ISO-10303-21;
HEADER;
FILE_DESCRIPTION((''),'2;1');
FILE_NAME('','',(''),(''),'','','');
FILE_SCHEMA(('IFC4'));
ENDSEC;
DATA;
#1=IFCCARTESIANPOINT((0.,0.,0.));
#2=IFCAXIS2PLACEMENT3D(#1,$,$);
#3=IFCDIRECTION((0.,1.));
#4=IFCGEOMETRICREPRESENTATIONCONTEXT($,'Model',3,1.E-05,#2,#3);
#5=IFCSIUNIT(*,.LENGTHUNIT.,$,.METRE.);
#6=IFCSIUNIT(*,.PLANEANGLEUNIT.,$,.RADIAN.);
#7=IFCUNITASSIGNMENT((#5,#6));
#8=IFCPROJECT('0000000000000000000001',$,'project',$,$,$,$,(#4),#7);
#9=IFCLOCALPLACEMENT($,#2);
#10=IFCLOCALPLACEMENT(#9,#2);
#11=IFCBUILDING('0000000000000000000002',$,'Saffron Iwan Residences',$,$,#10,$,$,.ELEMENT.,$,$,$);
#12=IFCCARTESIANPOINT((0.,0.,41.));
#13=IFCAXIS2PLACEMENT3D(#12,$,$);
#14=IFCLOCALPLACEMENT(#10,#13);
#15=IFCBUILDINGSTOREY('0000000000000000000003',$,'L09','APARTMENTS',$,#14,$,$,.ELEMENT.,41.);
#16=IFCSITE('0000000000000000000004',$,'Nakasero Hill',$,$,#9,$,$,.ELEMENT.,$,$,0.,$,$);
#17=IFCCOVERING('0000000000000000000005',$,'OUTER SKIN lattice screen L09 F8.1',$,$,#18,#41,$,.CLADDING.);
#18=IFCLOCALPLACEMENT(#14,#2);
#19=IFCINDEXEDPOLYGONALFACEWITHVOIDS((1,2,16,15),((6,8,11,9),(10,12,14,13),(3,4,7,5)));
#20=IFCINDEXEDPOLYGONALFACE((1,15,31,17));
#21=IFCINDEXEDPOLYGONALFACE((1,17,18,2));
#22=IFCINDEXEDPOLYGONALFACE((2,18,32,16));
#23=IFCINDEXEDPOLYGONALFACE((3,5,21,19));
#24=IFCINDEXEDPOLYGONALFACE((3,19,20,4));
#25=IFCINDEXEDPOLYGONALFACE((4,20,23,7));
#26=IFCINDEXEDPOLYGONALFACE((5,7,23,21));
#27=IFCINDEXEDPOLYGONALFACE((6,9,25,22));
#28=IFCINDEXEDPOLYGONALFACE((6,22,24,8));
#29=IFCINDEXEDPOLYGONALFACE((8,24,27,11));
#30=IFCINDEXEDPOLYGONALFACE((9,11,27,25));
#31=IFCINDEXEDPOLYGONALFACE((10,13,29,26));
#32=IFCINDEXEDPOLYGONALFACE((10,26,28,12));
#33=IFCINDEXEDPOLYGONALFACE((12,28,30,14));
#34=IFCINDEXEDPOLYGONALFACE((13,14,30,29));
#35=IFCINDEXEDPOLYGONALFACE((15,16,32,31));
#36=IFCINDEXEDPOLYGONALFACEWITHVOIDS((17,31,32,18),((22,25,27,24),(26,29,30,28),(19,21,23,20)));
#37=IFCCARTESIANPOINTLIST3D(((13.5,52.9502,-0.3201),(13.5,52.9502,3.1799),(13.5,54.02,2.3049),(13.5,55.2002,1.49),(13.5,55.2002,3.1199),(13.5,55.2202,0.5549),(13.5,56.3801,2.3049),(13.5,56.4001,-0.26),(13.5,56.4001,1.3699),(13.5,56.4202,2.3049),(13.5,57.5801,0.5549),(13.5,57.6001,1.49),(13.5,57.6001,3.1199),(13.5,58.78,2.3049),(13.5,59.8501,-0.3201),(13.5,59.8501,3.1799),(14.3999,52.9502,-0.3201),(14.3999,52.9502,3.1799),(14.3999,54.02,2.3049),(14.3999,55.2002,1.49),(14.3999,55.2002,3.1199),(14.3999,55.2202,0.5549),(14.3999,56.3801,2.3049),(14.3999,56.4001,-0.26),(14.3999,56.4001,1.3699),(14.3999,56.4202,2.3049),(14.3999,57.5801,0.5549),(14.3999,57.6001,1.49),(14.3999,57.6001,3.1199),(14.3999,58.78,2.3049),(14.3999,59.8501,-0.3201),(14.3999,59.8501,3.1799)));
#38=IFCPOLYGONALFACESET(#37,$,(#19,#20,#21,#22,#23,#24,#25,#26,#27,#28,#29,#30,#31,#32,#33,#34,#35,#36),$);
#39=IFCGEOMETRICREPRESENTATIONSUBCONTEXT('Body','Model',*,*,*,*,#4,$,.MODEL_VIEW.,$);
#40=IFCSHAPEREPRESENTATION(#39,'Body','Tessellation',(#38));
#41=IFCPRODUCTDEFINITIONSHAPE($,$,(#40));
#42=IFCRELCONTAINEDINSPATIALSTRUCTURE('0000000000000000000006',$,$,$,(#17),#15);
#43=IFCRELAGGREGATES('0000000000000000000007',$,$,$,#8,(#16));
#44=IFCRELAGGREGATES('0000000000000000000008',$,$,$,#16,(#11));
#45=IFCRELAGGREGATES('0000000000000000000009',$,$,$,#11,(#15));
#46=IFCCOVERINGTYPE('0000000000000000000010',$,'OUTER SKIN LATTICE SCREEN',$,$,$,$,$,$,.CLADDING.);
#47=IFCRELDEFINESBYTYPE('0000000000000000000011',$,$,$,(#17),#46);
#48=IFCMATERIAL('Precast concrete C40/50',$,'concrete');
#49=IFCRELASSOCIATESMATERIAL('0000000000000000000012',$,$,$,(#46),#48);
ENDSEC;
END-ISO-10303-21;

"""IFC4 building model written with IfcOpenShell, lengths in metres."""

from ifc_helpers import new_model, si_unit, direction, frame, origin, place, context, subcontext, project, spatial, polyline, outline, extrude, material, type_object, element, save


model = new_model("IFC4")

# Units and contexts
model_context = context("Model", 3, precision=1e-05, world=origin(), true_north=direction((0.0, 1.0)))
body_context = subcontext(model_context, "Body", "Model", "MODEL_VIEW")
ifc_project = project(units=[si_unit("LENGTHUNIT", "METRE"), si_unit("PLANEANGLEUNIT", "RADIAN")], contexts=[model_context])

# Site, building, storey
site_placement = place(None, origin())
site = spatial("IfcSite", under=ifc_project, at=site_placement, Name="Nakasero Hill", CompositionType="ELEMENT", RefElevation=0.0)
building_placement = place(site_placement, origin())
building = spatial("IfcBuilding", under=site, at=building_placement, Name="Saffron Iwan Residences", CompositionType="ELEMENT")
storey_placement = place(building_placement, frame((0.0, 0.0, 41.0)))
storey = spatial("IfcBuildingStorey", under=building, at=storey_placement, Name="L09", Description="APARTMENTS", CompositionType="ELEMENT", Elevation=41.0)

# Covering
ifc_material_1 = material(Name="Precast concrete C40/50", Category="concrete")
covering_type = type_object("IfcCoveringType", Name="OUTER SKIN LATTICE SCREEN", PredefinedType="CLADDING", material=ifc_material_1)
covering_placement = place(storey_placement, frame((14.3999, 59.8501, -0.3201), z_axis=(-1.0, 0.0, 0.0), x_axis=(0.0, -1.0, 0.0)))
element("IfcCovering", 1, at=covering_placement, inside=storey, type_object=covering_type, Name="OUTER SKIN lattice screen L09 F8.1", PredefinedType="CLADDING", context=body_context, shape_type="SweptSolid", body=[
    extrude(outline(polyline([(0.0, 0.0), (6.8999, 0.0), (6.8999, 3.5), (0.0, 3.5), (0.0, 0.0)]), holes=[polyline([(2.27, 0.875), (3.45, 0.0601), (4.6299, 0.875), (3.45, 1.6899), (2.27, 0.875)]), polyline([(1.0701, 2.625), (2.25, 1.8101), (3.4299, 2.625), (2.25, 3.4399), (1.0701, 2.625)]), polyline([(3.47, 2.625), (4.6499, 1.8101), (5.8301, 2.625), (4.6499, 3.4399), (3.47, 2.625)])]), origin(), (0.0, 0.0, 1.0), 0.8999),
])

save(model, "model.ifc")
